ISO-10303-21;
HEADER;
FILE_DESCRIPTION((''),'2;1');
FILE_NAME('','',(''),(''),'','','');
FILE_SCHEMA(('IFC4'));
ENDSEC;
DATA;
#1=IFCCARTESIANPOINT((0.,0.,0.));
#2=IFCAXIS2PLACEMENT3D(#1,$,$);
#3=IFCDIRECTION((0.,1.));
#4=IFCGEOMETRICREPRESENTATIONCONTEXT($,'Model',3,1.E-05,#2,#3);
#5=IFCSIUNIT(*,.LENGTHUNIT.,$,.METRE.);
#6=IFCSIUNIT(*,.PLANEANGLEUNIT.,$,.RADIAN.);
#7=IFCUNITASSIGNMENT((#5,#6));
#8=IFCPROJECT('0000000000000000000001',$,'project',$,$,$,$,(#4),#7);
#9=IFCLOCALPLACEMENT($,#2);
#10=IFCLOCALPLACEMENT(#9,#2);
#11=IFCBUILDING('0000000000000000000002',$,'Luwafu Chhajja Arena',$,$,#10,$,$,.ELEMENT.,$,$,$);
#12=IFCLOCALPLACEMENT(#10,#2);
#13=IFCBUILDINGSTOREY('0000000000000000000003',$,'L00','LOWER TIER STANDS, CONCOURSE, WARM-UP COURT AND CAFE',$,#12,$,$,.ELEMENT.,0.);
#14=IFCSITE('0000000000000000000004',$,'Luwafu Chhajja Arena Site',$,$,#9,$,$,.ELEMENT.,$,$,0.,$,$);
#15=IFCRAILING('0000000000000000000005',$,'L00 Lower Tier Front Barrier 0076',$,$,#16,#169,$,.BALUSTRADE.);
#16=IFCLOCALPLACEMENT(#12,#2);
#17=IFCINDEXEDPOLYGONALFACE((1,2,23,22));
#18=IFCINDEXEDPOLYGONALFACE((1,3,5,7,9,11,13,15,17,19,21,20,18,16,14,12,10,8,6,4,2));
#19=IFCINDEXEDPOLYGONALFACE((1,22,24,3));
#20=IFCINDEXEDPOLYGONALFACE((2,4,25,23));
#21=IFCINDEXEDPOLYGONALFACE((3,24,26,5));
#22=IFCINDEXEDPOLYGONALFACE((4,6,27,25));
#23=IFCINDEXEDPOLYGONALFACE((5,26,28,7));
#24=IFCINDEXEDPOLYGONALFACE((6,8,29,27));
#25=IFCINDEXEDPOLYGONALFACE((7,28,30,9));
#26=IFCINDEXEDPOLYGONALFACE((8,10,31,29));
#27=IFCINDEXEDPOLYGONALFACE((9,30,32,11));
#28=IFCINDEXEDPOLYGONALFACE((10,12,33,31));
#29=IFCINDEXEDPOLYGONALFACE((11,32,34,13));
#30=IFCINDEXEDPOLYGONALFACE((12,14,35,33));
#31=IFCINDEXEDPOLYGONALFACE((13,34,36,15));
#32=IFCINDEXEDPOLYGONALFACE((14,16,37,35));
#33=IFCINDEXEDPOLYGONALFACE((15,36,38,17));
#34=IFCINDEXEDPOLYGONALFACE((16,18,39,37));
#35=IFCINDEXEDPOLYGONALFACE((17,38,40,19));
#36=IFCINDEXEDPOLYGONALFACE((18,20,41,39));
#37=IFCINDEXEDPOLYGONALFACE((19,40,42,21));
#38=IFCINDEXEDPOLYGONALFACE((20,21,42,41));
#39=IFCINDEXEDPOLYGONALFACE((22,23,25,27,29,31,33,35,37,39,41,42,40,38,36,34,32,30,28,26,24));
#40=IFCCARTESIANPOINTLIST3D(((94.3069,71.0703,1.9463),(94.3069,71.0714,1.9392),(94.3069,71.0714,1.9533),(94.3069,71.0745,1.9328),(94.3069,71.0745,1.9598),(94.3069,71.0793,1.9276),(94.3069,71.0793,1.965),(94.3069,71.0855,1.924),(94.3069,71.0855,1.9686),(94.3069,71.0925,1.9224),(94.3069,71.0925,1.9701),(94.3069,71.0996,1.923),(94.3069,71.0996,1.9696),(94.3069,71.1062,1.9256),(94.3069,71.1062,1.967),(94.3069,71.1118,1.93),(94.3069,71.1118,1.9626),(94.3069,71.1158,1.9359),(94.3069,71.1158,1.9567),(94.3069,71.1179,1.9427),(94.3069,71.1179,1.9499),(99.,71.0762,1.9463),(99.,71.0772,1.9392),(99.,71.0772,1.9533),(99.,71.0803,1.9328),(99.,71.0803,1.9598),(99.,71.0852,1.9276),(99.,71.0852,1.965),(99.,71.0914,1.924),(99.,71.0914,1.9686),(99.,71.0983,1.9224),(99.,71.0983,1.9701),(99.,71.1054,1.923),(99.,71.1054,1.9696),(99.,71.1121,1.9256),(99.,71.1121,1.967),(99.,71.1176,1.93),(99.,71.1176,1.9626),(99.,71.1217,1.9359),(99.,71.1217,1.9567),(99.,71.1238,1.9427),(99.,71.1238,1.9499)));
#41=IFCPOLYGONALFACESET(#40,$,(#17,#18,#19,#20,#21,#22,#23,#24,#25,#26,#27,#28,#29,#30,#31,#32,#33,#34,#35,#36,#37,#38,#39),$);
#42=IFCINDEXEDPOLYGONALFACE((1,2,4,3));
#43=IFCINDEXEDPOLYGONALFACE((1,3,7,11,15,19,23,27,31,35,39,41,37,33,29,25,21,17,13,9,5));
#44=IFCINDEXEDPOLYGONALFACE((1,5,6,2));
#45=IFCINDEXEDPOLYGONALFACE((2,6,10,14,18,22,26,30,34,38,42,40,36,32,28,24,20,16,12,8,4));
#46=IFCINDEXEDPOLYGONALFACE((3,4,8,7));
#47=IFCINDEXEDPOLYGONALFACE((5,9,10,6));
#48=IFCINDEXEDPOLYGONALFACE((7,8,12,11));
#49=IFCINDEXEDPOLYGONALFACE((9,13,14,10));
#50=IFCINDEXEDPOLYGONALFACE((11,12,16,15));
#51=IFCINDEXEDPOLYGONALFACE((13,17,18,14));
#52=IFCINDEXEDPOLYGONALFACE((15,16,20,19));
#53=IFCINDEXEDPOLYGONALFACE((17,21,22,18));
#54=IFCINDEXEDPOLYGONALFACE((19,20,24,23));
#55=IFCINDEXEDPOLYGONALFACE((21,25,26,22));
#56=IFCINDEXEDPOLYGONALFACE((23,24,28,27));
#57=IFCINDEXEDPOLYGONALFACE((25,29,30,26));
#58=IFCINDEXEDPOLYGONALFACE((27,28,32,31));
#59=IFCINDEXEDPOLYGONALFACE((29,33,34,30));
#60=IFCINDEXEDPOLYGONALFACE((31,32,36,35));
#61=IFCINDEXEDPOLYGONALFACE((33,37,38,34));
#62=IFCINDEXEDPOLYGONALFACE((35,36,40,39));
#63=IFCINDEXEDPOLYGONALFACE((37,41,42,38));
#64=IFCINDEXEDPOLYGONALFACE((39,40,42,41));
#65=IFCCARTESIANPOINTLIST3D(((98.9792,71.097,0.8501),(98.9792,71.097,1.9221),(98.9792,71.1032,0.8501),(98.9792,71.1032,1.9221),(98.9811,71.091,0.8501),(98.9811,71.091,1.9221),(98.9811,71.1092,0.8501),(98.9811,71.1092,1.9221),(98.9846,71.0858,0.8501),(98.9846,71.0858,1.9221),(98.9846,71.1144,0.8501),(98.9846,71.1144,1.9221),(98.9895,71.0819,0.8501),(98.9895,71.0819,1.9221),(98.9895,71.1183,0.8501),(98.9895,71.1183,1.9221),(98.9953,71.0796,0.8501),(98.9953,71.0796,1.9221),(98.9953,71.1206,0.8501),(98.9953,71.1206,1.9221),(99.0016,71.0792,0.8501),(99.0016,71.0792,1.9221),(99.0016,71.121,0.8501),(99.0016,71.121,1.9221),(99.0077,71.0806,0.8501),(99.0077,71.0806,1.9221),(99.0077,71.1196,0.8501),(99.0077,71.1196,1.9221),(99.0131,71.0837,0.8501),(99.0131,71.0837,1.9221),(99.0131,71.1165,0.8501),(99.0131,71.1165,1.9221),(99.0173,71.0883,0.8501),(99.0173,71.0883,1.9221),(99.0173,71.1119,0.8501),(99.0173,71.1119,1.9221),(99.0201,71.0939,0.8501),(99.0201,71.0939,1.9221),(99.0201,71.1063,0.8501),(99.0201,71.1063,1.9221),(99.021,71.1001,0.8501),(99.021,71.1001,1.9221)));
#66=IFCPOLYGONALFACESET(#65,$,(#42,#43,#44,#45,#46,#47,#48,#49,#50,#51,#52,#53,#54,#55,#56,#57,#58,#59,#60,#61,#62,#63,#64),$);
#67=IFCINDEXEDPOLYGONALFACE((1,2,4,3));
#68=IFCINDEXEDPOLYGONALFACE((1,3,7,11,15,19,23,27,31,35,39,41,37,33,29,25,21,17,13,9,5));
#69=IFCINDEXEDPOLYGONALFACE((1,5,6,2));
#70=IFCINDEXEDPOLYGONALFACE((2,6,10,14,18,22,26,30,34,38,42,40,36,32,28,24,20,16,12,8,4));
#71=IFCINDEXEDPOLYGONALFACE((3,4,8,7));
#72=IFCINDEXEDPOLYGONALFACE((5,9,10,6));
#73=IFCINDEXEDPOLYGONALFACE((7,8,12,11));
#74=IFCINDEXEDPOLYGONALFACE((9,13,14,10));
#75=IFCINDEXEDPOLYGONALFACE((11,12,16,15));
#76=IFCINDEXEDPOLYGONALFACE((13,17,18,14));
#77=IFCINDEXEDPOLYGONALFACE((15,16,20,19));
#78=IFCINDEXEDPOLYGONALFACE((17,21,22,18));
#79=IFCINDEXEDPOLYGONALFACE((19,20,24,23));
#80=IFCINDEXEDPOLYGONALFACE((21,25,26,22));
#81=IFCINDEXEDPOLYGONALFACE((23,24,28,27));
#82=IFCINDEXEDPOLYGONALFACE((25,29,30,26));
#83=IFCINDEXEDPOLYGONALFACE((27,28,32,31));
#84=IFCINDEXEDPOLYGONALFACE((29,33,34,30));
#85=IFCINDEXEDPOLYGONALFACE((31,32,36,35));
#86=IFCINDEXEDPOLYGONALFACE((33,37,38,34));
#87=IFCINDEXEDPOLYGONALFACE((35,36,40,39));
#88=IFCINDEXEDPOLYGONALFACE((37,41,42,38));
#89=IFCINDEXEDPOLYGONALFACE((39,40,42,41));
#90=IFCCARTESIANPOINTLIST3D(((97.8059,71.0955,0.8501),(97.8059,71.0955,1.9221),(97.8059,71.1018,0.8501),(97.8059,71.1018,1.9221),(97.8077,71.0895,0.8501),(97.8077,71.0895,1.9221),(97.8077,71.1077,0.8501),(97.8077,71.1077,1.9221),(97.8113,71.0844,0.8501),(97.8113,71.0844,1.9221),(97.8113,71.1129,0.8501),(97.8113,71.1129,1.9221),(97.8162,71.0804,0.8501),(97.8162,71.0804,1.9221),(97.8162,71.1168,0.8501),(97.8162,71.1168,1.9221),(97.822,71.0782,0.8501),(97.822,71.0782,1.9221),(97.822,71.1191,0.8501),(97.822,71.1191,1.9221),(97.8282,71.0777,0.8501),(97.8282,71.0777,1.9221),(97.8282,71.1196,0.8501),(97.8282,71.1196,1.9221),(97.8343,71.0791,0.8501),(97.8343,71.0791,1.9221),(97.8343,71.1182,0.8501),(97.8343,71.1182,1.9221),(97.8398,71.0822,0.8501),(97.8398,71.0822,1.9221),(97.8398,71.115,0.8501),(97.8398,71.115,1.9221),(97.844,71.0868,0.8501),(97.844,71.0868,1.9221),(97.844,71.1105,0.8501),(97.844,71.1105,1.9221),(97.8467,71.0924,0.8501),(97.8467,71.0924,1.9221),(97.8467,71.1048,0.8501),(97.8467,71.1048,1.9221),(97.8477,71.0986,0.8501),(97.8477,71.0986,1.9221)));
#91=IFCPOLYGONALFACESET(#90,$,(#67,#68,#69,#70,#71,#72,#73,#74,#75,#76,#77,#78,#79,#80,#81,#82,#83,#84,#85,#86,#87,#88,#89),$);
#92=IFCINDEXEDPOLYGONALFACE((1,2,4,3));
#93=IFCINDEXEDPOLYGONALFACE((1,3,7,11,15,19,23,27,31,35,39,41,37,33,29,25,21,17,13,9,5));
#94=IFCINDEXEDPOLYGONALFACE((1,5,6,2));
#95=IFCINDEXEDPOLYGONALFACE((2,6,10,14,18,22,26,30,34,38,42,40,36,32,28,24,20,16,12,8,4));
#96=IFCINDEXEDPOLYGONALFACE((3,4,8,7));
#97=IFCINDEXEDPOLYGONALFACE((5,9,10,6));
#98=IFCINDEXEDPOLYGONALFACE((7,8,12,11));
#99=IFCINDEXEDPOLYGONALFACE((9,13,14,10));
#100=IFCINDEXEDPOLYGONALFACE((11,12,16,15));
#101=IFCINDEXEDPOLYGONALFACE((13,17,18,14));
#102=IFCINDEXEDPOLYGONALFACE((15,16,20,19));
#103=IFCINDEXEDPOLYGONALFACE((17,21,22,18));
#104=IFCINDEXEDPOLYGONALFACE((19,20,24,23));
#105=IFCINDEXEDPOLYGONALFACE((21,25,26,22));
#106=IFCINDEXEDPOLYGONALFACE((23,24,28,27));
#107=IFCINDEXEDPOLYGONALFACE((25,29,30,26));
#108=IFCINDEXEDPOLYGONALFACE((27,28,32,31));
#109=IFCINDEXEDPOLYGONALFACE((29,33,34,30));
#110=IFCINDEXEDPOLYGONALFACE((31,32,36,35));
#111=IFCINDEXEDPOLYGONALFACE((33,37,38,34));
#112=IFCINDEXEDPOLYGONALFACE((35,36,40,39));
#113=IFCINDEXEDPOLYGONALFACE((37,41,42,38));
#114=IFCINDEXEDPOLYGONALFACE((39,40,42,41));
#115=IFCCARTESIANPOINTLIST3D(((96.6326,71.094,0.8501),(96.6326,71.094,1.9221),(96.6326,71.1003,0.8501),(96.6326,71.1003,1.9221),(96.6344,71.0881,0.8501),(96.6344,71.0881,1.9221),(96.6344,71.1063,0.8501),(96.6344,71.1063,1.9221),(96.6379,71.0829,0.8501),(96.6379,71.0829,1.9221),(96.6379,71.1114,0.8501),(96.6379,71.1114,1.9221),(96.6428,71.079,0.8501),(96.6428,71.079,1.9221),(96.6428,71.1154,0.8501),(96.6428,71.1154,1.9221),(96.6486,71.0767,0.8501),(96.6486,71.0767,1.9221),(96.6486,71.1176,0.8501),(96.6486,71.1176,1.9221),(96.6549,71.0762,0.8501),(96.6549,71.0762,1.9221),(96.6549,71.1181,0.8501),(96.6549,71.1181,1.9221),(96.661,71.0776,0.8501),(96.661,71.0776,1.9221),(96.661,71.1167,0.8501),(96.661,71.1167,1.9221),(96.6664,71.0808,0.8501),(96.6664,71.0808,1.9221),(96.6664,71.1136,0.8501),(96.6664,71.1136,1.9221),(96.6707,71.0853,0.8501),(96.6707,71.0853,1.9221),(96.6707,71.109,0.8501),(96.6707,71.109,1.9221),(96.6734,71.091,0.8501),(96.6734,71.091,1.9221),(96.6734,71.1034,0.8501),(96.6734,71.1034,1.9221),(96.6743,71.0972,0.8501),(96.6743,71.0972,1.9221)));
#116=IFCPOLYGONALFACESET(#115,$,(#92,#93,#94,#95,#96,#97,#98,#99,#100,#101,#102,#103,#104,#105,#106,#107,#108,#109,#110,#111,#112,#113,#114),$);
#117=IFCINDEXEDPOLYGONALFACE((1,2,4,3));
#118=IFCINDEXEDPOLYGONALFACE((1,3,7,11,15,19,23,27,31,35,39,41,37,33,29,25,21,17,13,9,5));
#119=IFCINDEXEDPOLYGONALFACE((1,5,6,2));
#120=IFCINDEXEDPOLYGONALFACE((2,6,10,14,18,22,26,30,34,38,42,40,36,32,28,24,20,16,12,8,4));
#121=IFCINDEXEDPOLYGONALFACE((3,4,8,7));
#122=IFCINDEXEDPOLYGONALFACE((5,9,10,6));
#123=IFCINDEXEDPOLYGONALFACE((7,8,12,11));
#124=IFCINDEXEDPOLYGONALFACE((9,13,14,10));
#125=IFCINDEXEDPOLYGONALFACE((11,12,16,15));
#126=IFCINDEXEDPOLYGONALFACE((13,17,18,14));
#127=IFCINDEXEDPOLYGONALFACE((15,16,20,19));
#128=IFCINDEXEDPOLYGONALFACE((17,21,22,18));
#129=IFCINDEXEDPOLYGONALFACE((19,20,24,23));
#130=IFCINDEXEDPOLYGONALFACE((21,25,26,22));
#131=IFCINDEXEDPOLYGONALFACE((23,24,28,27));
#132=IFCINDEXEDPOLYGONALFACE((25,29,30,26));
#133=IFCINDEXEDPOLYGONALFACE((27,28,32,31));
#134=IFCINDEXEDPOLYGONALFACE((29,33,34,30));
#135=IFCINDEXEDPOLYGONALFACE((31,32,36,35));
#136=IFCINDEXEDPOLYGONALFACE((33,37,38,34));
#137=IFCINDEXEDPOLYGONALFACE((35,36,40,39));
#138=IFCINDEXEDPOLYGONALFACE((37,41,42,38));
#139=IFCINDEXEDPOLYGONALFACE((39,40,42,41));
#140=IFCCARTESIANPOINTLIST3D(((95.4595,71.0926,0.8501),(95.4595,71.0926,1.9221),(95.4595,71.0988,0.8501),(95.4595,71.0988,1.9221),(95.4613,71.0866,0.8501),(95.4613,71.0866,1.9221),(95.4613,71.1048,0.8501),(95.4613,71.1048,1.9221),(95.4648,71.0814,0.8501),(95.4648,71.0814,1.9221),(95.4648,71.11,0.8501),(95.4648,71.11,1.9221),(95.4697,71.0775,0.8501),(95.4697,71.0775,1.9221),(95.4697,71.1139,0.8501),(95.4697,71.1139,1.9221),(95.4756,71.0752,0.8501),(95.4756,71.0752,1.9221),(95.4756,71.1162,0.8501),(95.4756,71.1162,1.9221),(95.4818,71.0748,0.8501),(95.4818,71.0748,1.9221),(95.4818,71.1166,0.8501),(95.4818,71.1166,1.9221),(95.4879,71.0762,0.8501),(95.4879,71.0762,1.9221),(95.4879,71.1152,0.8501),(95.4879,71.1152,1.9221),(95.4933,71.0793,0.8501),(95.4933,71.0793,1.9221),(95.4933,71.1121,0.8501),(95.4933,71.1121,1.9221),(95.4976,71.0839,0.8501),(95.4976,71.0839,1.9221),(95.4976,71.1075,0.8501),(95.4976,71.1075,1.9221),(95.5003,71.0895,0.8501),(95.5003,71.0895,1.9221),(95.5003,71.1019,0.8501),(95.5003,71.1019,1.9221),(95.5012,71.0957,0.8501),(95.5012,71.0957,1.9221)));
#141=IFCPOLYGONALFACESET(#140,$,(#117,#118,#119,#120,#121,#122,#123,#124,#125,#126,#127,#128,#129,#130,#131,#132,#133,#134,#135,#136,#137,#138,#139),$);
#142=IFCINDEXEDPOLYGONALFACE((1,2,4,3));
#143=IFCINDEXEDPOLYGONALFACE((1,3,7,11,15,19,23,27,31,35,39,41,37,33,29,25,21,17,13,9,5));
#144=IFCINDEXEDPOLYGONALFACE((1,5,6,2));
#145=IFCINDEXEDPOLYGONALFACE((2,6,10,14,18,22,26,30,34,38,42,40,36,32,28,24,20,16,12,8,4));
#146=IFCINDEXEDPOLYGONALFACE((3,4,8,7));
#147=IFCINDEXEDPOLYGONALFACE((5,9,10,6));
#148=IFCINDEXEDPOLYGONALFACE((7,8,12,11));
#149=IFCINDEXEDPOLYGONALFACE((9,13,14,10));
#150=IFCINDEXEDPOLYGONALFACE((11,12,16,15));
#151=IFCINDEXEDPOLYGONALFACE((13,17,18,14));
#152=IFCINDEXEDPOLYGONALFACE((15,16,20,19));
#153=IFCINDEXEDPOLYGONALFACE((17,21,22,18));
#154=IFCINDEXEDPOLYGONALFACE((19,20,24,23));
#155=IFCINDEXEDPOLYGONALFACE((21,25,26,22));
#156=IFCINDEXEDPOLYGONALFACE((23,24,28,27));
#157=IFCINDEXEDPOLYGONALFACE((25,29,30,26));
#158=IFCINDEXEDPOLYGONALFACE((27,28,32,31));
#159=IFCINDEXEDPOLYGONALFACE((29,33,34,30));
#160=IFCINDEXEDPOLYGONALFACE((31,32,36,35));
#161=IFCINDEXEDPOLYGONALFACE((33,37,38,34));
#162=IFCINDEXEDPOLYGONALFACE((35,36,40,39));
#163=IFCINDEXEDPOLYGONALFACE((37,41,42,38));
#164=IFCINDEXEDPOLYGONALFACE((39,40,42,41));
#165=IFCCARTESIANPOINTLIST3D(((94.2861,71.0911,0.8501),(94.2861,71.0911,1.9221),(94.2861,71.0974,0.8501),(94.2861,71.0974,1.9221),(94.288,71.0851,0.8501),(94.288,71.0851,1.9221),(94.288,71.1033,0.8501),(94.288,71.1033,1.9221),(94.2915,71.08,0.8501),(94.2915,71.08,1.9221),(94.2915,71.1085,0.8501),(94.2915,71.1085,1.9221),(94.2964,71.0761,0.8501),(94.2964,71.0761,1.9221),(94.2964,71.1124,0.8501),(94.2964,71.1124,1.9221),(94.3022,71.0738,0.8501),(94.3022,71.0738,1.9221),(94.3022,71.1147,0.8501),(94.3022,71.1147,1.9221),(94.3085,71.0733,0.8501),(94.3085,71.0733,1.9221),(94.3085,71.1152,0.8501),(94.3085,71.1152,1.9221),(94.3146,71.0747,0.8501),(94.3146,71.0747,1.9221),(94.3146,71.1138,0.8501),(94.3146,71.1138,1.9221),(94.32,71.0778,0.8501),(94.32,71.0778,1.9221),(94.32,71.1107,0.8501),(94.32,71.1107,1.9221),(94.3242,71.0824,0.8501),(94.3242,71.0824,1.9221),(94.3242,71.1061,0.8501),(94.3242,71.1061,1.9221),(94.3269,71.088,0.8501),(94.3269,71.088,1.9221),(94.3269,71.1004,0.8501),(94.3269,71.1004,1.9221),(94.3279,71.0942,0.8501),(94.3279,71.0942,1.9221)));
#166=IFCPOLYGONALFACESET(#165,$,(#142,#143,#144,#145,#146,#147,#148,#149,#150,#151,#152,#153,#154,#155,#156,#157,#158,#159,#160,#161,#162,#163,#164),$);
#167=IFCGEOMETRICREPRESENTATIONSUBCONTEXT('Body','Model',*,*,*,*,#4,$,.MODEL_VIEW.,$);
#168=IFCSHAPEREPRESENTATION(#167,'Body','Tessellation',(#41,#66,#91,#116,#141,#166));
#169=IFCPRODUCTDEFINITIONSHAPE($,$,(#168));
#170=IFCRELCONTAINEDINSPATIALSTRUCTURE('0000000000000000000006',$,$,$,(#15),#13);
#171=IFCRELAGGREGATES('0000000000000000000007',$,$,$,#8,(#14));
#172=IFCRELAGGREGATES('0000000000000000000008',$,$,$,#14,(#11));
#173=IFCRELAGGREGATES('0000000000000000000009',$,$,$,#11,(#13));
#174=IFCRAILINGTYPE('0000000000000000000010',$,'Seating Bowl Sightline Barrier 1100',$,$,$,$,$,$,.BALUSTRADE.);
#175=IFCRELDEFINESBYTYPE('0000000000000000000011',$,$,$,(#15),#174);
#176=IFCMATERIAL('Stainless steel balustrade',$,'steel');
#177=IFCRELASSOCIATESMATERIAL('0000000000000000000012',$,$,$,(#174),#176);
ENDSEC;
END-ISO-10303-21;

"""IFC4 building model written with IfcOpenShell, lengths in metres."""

from ifc_helpers import new_model, si_unit, direction, frame, origin, origin_2d, place, context, subcontext, project, spatial, circle, extrude, material, type_object, element, save


model = new_model("IFC4")

# Units and contexts
model_context = context("Model", 3, precision=1e-05, world=origin(), true_north=direction((0.0, 1.0)))
body_context = subcontext(model_context, "Body", "Model", "MODEL_VIEW")
ifc_project = project(units=[si_unit("LENGTHUNIT", "METRE"), si_unit("PLANEANGLEUNIT", "RADIAN")], contexts=[model_context])

# Site, building, storey
site_placement = place(None, origin())
site = spatial("IfcSite", under=ifc_project, at=site_placement, Name="Luwafu Chhajja Arena Site", CompositionType="ELEMENT", RefElevation=0.0)
building_placement = place(site_placement, origin())
building = spatial("IfcBuilding", under=site, at=building_placement, Name="Luwafu Chhajja Arena", CompositionType="ELEMENT")
storey_placement = place(building_placement, origin())
storey = spatial("IfcBuildingStorey", under=building, at=storey_placement, Name="L00", Description="LOWER TIER STANDS, CONCOURSE, WARM-UP COURT AND CAFE", CompositionType="ELEMENT", Elevation=0.0)

# Railing
ifc_material_1 = material(Name="Stainless steel balustrade", Category="steel")
railing_type = type_object("IfcRailingType", Name="Seating Bowl Sightline Barrier 1100", PredefinedType="BALUSTRADE", material=ifc_material_1)
railing_1_placement = place(storey_placement, frame((99.0, 71.1001, 0.8501)))
element("IfcRailing", 1, at=railing_1_placement, inside=storey, type_object=railing_type, Name="L00 Lower Tier Front Barrier 0076", PredefinedType="BALUSTRADE", context=body_context, shape_type="SweptSolid", body=[
    extrude(circle(Radius=0.0239, at=origin_2d()), frame((0.0, 0.0, 1.0962), z_axis=(-0.999999, -0.001249, 0.0), x_axis=(0.001249, -0.999999, 0.0)), (0.0, 0.0, 1.0), 4.6931),
    extrude(circle(Radius=0.021, at=origin_2d()), origin(), (0.0, 0.0, 1.0), 1.072),
    extrude(circle(Radius=0.021, at=origin_2d()), frame((-1.1733, -0.0015, 0.0)), (0.0, 0.0, 1.0), 1.072),
    extrude(circle(Radius=0.021, at=origin_2d()), frame((-2.3467, -0.0029, 0.0)), (0.0, 0.0, 1.0), 1.072),
    extrude(circle(Radius=0.021, at=origin_2d()), frame((-3.5198, -0.0044, 0.0)), (0.0, 0.0, 1.0), 1.072),
    extrude(circle(Radius=0.021, at=origin_2d()), frame((-4.6931, -0.0059, 0.0)), (0.0, 0.0, 1.0), 1.072),
])

save(model, "model.ifc")
